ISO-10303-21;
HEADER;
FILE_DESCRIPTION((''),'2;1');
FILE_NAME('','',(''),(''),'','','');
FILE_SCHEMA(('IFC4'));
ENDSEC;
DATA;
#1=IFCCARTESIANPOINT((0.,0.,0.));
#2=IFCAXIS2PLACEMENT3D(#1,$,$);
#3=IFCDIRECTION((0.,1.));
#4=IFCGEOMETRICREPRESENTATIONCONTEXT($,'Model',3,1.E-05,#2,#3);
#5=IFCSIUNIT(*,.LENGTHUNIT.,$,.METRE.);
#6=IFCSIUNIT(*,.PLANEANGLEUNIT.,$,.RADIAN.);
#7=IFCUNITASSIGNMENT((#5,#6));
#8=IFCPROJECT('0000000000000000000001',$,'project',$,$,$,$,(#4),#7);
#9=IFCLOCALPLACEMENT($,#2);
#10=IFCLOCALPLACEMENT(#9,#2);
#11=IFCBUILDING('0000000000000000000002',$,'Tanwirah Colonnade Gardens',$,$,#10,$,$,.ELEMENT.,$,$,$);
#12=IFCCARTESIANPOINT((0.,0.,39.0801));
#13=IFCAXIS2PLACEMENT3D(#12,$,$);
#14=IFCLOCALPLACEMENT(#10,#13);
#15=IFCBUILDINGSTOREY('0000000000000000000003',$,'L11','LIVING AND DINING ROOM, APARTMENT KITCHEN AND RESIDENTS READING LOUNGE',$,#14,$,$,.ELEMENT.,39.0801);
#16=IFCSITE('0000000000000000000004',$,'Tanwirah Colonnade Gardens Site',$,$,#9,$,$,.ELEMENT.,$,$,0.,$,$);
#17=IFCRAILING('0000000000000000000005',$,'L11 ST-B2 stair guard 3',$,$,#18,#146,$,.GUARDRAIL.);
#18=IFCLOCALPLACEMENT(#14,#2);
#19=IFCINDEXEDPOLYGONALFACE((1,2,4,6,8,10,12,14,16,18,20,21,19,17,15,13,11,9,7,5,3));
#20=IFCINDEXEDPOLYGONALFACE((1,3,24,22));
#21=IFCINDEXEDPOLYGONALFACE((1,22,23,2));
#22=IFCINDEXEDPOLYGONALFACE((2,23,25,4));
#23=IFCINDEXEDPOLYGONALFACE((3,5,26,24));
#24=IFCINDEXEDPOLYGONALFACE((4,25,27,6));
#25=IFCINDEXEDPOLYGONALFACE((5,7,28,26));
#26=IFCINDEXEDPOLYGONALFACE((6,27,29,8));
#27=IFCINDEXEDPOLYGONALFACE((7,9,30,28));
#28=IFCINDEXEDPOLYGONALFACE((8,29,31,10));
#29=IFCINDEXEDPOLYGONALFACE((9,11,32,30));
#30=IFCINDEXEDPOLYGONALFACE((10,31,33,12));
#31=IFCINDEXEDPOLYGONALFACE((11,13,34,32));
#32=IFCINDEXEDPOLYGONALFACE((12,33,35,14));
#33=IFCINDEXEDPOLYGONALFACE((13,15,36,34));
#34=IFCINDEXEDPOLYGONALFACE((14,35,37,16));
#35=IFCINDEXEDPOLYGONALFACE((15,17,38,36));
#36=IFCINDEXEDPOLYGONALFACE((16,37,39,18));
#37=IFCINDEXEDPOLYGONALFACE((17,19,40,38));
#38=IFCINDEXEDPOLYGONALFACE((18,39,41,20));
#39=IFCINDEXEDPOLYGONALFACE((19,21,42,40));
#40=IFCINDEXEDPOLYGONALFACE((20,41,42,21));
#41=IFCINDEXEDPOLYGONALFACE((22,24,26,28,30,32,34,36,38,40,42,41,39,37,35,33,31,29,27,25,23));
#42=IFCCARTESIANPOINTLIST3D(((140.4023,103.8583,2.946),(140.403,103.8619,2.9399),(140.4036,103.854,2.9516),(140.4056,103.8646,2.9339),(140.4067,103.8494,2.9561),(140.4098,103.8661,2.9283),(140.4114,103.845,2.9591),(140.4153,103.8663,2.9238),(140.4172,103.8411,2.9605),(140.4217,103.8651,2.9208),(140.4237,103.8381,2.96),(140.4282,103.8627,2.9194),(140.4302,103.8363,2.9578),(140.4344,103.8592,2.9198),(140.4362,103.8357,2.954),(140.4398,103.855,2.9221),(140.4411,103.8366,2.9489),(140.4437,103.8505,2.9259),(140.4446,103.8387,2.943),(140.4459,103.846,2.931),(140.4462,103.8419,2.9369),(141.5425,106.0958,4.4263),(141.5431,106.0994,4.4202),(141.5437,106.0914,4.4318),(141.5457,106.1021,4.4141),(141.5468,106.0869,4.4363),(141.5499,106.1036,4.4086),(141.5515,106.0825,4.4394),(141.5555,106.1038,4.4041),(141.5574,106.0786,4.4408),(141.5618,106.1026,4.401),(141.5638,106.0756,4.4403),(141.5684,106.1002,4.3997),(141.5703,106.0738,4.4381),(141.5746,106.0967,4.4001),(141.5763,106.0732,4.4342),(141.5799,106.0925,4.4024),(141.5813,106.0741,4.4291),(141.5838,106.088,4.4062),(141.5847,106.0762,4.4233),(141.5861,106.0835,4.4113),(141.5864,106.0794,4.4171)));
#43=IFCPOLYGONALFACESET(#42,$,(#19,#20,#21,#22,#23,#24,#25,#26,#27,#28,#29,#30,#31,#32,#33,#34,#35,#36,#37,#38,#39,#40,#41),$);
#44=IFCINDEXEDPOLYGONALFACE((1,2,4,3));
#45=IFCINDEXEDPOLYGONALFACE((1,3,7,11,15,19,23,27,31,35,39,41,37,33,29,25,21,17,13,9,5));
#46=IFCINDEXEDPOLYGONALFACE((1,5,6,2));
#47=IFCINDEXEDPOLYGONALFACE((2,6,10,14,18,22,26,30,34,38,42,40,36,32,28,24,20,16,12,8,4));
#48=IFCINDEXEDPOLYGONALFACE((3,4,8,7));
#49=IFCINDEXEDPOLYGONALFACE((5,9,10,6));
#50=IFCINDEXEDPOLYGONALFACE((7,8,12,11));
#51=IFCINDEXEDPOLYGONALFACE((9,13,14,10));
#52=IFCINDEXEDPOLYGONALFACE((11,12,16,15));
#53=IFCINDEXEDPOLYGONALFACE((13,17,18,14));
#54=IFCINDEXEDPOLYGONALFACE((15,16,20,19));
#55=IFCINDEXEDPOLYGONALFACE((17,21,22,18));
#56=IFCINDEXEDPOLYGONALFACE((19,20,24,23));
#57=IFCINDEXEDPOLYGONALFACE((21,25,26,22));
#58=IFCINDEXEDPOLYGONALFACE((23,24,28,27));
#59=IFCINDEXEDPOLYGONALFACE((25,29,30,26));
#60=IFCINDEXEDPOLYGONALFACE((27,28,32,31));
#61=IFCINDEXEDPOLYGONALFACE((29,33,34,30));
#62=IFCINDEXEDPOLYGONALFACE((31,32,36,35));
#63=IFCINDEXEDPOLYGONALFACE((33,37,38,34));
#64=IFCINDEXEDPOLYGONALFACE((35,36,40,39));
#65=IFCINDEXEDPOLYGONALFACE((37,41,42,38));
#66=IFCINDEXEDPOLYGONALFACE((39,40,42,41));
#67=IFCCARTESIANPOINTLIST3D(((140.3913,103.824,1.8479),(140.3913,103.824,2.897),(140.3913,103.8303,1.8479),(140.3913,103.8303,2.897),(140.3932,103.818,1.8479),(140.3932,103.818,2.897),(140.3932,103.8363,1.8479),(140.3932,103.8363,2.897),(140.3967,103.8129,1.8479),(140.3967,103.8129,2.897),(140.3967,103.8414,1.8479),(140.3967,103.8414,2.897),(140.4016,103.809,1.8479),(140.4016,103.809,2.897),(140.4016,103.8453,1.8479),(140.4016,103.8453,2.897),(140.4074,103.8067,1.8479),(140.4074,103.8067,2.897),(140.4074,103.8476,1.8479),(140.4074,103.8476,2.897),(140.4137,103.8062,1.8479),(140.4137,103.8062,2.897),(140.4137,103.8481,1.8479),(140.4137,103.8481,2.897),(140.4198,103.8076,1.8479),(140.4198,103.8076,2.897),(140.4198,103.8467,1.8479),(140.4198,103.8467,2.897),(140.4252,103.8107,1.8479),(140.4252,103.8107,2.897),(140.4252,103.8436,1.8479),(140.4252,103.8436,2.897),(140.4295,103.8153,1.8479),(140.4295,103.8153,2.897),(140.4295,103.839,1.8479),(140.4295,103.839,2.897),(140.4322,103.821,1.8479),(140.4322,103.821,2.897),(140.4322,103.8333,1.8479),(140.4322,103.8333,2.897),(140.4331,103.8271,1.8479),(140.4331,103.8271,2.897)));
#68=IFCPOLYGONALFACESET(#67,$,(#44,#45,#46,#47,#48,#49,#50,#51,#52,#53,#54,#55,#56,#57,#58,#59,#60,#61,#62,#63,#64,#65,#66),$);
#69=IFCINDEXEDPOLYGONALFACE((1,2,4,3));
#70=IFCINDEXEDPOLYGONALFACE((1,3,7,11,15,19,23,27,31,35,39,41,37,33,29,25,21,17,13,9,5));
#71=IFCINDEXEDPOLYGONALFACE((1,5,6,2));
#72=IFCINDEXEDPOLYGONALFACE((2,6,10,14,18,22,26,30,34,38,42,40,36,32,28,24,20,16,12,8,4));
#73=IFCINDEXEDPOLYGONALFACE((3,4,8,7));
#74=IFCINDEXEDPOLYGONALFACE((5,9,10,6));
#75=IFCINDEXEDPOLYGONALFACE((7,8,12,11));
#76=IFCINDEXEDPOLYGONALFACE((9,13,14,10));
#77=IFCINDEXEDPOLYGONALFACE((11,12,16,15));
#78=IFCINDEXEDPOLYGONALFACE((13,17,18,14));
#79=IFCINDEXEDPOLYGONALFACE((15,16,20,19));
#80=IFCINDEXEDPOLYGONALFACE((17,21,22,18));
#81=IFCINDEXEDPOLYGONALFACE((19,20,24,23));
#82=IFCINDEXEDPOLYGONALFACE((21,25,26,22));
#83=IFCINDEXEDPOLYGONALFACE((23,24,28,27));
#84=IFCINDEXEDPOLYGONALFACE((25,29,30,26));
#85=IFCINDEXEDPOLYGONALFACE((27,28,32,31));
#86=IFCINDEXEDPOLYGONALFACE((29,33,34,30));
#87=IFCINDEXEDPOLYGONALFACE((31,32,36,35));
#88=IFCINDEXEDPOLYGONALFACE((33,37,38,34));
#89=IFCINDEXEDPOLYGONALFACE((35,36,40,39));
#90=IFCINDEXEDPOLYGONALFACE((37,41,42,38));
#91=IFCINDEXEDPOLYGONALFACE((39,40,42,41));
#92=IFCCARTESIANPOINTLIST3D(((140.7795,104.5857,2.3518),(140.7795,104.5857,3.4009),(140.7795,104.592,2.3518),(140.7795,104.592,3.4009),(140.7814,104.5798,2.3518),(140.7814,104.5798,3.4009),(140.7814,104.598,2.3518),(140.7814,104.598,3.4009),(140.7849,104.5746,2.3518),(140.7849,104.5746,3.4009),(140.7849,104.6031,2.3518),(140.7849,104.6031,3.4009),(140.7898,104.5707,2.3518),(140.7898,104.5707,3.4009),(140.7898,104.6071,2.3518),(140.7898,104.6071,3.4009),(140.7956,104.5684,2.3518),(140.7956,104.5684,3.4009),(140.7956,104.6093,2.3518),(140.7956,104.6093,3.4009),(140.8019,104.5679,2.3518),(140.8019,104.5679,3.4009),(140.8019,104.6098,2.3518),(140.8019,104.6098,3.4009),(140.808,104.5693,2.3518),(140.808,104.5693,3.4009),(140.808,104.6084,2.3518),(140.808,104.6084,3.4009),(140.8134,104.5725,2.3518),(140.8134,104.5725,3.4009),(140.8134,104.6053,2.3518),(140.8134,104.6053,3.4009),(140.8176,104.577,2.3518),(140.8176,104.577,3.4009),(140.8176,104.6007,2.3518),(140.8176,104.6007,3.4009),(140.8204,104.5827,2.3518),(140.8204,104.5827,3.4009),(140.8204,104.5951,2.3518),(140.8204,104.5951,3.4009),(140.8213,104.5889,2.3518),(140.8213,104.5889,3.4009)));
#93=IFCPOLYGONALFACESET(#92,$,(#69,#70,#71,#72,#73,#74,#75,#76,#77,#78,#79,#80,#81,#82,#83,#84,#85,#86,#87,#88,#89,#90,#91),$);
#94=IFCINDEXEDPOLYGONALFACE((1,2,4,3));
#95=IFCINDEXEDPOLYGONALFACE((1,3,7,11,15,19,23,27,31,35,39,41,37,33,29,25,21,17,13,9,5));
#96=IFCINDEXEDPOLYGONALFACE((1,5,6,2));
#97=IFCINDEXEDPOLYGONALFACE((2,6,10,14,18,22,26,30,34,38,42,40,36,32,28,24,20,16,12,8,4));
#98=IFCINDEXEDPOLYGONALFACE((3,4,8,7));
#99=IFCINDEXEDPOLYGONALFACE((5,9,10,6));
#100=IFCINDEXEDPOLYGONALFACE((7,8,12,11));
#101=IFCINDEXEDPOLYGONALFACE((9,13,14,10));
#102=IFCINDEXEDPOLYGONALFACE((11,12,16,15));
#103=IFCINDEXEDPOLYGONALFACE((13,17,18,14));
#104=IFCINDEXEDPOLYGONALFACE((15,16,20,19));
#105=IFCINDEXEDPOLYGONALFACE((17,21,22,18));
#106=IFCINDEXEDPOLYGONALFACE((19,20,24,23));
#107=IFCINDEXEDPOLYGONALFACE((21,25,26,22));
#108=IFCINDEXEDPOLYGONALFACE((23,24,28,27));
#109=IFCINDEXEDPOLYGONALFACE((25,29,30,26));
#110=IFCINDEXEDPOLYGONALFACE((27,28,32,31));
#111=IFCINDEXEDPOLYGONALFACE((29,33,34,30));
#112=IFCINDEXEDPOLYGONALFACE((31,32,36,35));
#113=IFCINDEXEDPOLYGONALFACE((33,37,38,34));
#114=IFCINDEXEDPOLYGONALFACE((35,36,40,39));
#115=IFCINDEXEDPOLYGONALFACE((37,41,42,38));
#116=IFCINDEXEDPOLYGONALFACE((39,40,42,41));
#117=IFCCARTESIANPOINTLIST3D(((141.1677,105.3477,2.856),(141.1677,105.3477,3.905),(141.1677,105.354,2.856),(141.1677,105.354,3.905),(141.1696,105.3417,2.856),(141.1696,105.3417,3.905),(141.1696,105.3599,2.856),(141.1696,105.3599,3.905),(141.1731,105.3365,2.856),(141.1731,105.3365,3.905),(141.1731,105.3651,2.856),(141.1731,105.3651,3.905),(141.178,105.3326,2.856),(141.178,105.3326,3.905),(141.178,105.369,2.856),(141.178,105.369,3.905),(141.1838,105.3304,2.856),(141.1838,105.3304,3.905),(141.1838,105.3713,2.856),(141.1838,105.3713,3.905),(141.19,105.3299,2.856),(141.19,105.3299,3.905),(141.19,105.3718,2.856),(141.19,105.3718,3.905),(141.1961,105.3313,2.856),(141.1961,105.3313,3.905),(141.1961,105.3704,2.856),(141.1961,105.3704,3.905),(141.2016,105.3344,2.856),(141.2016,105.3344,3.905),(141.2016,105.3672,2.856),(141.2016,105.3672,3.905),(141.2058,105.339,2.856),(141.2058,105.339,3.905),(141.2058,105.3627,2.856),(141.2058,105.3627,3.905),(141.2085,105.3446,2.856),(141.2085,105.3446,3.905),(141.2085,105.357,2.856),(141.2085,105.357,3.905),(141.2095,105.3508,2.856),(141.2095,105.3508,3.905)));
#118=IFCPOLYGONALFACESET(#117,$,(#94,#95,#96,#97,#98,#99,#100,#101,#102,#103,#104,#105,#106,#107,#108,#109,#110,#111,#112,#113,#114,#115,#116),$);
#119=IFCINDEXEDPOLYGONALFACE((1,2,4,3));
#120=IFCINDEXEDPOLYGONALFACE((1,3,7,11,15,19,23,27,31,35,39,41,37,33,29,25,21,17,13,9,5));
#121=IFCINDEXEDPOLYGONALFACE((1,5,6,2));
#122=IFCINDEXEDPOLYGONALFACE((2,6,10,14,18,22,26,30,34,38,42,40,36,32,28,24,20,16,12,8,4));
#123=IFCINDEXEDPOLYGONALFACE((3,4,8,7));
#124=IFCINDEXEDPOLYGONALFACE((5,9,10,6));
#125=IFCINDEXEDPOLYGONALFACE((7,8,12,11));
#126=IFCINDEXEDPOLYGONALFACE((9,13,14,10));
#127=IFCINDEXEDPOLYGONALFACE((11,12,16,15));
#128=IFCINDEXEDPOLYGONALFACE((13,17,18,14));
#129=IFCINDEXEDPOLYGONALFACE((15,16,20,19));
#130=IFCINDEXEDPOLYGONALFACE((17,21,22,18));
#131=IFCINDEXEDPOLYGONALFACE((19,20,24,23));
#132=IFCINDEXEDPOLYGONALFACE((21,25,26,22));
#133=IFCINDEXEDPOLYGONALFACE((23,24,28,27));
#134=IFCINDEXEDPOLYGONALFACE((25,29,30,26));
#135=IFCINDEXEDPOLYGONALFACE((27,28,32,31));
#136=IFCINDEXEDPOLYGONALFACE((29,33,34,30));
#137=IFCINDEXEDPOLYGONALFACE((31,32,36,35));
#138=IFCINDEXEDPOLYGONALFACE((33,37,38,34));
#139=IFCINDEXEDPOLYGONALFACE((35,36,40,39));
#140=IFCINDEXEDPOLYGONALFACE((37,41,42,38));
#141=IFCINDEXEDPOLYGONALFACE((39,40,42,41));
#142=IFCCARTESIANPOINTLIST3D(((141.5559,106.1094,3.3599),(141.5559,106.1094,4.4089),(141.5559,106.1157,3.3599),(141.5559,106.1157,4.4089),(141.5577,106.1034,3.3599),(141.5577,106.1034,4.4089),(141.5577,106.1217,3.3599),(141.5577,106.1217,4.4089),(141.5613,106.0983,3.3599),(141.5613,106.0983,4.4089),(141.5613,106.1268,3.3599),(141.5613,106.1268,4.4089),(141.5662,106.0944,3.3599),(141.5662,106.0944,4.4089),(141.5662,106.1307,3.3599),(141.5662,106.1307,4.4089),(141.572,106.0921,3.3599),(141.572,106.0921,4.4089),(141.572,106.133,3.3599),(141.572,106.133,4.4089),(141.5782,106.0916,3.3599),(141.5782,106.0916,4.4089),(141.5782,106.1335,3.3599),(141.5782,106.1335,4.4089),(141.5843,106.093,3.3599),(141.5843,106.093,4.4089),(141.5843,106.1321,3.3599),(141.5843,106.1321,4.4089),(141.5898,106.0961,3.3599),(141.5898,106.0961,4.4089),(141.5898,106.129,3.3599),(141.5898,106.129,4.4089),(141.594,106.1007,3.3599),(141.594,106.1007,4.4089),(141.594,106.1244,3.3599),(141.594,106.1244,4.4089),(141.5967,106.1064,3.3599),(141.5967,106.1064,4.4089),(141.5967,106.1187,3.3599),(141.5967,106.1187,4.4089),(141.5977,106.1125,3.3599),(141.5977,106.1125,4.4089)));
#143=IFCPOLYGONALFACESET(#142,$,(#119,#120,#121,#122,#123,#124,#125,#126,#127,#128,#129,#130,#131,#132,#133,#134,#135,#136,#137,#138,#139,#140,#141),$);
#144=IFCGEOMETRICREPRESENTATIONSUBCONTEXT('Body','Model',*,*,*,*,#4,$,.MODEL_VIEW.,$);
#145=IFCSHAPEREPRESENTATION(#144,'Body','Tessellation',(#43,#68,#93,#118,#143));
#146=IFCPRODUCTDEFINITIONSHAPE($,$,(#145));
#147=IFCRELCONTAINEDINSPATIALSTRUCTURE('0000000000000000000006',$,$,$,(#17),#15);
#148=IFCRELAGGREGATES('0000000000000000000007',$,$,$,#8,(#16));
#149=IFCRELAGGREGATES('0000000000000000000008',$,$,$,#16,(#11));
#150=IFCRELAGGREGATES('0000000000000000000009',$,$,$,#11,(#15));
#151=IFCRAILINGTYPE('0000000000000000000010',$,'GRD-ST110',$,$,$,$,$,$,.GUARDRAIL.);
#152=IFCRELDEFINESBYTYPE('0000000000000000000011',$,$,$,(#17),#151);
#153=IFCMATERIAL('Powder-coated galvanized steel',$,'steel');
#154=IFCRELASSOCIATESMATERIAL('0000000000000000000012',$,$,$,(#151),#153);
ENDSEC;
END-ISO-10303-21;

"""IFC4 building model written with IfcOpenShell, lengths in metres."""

from ifc_helpers import new_model, si_unit, direction, frame, origin, origin_2d, place, context, subcontext, project, spatial, circle, extrude, material, type_object, element, save


model = new_model("IFC4")

# Units and contexts
model_context = context("Model", 3, precision=1e-05, world=origin(), true_north=direction((0.0, 1.0)))
body_context = subcontext(model_context, "Body", "Model", "MODEL_VIEW")
ifc_project = project(units=[si_unit("LENGTHUNIT", "METRE"), si_unit("PLANEANGLEUNIT", "RADIAN")], contexts=[model_context])

# Site, building, storey
site_placement = place(None, origin())
site = spatial("IfcSite", under=ifc_project, at=site_placement, Name="Tanwirah Colonnade Gardens Site", CompositionType="ELEMENT", RefElevation=0.0)
building_placement = place(site_placement, origin())
building = spatial("IfcBuilding", under=site, at=building_placement, Name="Tanwirah Colonnade Gardens", CompositionType="ELEMENT")
storey_placement = place(building_placement, frame((0.0, 0.0, 39.0801)))
storey = spatial("IfcBuildingStorey", under=building, at=storey_placement, Name="L11", Description="LIVING AND DINING ROOM, APARTMENT KITCHEN AND RESIDENTS READING LOUNGE", CompositionType="ELEMENT", Elevation=39.0801)

# Railing
ifc_material_1 = material(Name="Powder-coated galvanized steel", Category="steel")
railing_type_1 = type_object("IfcRailingType", Name="GRD-ST110", PredefinedType="GUARDRAIL", material=ifc_material_1)
railing_1_placement = place(storey_placement, frame((140.4121, 103.8271, 1.8479)))
element("IfcRailing", 1, at=railing_1_placement, inside=storey, type_object=railing_type_1, Name="L11 ST-B2 stair guard 3", PredefinedType="GUARDRAIL", context=body_context, shape_type="SweptSolid", body=[
    extrude(circle(Radius=0.0239, at=origin_2d()), frame((0.0122, 0.0239, 1.092), z_axis=(0.391122, 0.767567, 0.507803), x_axis=(-0.890994, 0.454016, 0.0)), (0.0, 0.0, 1.0), 2.915),
    extrude(circle(Radius=0.021, at=origin_2d()), origin(), (0.0, 0.0, 1.0), 1.0491),
    extrude(circle(Radius=0.021, at=origin_2d()), frame((0.3882, 0.7617, 0.5039)), (0.0, 0.0, 1.0), 1.0491),
    extrude(circle(Radius=0.021, at=origin_2d()), frame((0.7764, 1.5237, 1.0081)), (0.0, 0.0, 1.0), 1.0491),
    extrude(circle(Radius=0.021, at=origin_2d()), frame((1.1646, 2.2854, 1.512)), (0.0, 0.0, 1.0), 1.0491),
])

save(model, "model.ifc")
